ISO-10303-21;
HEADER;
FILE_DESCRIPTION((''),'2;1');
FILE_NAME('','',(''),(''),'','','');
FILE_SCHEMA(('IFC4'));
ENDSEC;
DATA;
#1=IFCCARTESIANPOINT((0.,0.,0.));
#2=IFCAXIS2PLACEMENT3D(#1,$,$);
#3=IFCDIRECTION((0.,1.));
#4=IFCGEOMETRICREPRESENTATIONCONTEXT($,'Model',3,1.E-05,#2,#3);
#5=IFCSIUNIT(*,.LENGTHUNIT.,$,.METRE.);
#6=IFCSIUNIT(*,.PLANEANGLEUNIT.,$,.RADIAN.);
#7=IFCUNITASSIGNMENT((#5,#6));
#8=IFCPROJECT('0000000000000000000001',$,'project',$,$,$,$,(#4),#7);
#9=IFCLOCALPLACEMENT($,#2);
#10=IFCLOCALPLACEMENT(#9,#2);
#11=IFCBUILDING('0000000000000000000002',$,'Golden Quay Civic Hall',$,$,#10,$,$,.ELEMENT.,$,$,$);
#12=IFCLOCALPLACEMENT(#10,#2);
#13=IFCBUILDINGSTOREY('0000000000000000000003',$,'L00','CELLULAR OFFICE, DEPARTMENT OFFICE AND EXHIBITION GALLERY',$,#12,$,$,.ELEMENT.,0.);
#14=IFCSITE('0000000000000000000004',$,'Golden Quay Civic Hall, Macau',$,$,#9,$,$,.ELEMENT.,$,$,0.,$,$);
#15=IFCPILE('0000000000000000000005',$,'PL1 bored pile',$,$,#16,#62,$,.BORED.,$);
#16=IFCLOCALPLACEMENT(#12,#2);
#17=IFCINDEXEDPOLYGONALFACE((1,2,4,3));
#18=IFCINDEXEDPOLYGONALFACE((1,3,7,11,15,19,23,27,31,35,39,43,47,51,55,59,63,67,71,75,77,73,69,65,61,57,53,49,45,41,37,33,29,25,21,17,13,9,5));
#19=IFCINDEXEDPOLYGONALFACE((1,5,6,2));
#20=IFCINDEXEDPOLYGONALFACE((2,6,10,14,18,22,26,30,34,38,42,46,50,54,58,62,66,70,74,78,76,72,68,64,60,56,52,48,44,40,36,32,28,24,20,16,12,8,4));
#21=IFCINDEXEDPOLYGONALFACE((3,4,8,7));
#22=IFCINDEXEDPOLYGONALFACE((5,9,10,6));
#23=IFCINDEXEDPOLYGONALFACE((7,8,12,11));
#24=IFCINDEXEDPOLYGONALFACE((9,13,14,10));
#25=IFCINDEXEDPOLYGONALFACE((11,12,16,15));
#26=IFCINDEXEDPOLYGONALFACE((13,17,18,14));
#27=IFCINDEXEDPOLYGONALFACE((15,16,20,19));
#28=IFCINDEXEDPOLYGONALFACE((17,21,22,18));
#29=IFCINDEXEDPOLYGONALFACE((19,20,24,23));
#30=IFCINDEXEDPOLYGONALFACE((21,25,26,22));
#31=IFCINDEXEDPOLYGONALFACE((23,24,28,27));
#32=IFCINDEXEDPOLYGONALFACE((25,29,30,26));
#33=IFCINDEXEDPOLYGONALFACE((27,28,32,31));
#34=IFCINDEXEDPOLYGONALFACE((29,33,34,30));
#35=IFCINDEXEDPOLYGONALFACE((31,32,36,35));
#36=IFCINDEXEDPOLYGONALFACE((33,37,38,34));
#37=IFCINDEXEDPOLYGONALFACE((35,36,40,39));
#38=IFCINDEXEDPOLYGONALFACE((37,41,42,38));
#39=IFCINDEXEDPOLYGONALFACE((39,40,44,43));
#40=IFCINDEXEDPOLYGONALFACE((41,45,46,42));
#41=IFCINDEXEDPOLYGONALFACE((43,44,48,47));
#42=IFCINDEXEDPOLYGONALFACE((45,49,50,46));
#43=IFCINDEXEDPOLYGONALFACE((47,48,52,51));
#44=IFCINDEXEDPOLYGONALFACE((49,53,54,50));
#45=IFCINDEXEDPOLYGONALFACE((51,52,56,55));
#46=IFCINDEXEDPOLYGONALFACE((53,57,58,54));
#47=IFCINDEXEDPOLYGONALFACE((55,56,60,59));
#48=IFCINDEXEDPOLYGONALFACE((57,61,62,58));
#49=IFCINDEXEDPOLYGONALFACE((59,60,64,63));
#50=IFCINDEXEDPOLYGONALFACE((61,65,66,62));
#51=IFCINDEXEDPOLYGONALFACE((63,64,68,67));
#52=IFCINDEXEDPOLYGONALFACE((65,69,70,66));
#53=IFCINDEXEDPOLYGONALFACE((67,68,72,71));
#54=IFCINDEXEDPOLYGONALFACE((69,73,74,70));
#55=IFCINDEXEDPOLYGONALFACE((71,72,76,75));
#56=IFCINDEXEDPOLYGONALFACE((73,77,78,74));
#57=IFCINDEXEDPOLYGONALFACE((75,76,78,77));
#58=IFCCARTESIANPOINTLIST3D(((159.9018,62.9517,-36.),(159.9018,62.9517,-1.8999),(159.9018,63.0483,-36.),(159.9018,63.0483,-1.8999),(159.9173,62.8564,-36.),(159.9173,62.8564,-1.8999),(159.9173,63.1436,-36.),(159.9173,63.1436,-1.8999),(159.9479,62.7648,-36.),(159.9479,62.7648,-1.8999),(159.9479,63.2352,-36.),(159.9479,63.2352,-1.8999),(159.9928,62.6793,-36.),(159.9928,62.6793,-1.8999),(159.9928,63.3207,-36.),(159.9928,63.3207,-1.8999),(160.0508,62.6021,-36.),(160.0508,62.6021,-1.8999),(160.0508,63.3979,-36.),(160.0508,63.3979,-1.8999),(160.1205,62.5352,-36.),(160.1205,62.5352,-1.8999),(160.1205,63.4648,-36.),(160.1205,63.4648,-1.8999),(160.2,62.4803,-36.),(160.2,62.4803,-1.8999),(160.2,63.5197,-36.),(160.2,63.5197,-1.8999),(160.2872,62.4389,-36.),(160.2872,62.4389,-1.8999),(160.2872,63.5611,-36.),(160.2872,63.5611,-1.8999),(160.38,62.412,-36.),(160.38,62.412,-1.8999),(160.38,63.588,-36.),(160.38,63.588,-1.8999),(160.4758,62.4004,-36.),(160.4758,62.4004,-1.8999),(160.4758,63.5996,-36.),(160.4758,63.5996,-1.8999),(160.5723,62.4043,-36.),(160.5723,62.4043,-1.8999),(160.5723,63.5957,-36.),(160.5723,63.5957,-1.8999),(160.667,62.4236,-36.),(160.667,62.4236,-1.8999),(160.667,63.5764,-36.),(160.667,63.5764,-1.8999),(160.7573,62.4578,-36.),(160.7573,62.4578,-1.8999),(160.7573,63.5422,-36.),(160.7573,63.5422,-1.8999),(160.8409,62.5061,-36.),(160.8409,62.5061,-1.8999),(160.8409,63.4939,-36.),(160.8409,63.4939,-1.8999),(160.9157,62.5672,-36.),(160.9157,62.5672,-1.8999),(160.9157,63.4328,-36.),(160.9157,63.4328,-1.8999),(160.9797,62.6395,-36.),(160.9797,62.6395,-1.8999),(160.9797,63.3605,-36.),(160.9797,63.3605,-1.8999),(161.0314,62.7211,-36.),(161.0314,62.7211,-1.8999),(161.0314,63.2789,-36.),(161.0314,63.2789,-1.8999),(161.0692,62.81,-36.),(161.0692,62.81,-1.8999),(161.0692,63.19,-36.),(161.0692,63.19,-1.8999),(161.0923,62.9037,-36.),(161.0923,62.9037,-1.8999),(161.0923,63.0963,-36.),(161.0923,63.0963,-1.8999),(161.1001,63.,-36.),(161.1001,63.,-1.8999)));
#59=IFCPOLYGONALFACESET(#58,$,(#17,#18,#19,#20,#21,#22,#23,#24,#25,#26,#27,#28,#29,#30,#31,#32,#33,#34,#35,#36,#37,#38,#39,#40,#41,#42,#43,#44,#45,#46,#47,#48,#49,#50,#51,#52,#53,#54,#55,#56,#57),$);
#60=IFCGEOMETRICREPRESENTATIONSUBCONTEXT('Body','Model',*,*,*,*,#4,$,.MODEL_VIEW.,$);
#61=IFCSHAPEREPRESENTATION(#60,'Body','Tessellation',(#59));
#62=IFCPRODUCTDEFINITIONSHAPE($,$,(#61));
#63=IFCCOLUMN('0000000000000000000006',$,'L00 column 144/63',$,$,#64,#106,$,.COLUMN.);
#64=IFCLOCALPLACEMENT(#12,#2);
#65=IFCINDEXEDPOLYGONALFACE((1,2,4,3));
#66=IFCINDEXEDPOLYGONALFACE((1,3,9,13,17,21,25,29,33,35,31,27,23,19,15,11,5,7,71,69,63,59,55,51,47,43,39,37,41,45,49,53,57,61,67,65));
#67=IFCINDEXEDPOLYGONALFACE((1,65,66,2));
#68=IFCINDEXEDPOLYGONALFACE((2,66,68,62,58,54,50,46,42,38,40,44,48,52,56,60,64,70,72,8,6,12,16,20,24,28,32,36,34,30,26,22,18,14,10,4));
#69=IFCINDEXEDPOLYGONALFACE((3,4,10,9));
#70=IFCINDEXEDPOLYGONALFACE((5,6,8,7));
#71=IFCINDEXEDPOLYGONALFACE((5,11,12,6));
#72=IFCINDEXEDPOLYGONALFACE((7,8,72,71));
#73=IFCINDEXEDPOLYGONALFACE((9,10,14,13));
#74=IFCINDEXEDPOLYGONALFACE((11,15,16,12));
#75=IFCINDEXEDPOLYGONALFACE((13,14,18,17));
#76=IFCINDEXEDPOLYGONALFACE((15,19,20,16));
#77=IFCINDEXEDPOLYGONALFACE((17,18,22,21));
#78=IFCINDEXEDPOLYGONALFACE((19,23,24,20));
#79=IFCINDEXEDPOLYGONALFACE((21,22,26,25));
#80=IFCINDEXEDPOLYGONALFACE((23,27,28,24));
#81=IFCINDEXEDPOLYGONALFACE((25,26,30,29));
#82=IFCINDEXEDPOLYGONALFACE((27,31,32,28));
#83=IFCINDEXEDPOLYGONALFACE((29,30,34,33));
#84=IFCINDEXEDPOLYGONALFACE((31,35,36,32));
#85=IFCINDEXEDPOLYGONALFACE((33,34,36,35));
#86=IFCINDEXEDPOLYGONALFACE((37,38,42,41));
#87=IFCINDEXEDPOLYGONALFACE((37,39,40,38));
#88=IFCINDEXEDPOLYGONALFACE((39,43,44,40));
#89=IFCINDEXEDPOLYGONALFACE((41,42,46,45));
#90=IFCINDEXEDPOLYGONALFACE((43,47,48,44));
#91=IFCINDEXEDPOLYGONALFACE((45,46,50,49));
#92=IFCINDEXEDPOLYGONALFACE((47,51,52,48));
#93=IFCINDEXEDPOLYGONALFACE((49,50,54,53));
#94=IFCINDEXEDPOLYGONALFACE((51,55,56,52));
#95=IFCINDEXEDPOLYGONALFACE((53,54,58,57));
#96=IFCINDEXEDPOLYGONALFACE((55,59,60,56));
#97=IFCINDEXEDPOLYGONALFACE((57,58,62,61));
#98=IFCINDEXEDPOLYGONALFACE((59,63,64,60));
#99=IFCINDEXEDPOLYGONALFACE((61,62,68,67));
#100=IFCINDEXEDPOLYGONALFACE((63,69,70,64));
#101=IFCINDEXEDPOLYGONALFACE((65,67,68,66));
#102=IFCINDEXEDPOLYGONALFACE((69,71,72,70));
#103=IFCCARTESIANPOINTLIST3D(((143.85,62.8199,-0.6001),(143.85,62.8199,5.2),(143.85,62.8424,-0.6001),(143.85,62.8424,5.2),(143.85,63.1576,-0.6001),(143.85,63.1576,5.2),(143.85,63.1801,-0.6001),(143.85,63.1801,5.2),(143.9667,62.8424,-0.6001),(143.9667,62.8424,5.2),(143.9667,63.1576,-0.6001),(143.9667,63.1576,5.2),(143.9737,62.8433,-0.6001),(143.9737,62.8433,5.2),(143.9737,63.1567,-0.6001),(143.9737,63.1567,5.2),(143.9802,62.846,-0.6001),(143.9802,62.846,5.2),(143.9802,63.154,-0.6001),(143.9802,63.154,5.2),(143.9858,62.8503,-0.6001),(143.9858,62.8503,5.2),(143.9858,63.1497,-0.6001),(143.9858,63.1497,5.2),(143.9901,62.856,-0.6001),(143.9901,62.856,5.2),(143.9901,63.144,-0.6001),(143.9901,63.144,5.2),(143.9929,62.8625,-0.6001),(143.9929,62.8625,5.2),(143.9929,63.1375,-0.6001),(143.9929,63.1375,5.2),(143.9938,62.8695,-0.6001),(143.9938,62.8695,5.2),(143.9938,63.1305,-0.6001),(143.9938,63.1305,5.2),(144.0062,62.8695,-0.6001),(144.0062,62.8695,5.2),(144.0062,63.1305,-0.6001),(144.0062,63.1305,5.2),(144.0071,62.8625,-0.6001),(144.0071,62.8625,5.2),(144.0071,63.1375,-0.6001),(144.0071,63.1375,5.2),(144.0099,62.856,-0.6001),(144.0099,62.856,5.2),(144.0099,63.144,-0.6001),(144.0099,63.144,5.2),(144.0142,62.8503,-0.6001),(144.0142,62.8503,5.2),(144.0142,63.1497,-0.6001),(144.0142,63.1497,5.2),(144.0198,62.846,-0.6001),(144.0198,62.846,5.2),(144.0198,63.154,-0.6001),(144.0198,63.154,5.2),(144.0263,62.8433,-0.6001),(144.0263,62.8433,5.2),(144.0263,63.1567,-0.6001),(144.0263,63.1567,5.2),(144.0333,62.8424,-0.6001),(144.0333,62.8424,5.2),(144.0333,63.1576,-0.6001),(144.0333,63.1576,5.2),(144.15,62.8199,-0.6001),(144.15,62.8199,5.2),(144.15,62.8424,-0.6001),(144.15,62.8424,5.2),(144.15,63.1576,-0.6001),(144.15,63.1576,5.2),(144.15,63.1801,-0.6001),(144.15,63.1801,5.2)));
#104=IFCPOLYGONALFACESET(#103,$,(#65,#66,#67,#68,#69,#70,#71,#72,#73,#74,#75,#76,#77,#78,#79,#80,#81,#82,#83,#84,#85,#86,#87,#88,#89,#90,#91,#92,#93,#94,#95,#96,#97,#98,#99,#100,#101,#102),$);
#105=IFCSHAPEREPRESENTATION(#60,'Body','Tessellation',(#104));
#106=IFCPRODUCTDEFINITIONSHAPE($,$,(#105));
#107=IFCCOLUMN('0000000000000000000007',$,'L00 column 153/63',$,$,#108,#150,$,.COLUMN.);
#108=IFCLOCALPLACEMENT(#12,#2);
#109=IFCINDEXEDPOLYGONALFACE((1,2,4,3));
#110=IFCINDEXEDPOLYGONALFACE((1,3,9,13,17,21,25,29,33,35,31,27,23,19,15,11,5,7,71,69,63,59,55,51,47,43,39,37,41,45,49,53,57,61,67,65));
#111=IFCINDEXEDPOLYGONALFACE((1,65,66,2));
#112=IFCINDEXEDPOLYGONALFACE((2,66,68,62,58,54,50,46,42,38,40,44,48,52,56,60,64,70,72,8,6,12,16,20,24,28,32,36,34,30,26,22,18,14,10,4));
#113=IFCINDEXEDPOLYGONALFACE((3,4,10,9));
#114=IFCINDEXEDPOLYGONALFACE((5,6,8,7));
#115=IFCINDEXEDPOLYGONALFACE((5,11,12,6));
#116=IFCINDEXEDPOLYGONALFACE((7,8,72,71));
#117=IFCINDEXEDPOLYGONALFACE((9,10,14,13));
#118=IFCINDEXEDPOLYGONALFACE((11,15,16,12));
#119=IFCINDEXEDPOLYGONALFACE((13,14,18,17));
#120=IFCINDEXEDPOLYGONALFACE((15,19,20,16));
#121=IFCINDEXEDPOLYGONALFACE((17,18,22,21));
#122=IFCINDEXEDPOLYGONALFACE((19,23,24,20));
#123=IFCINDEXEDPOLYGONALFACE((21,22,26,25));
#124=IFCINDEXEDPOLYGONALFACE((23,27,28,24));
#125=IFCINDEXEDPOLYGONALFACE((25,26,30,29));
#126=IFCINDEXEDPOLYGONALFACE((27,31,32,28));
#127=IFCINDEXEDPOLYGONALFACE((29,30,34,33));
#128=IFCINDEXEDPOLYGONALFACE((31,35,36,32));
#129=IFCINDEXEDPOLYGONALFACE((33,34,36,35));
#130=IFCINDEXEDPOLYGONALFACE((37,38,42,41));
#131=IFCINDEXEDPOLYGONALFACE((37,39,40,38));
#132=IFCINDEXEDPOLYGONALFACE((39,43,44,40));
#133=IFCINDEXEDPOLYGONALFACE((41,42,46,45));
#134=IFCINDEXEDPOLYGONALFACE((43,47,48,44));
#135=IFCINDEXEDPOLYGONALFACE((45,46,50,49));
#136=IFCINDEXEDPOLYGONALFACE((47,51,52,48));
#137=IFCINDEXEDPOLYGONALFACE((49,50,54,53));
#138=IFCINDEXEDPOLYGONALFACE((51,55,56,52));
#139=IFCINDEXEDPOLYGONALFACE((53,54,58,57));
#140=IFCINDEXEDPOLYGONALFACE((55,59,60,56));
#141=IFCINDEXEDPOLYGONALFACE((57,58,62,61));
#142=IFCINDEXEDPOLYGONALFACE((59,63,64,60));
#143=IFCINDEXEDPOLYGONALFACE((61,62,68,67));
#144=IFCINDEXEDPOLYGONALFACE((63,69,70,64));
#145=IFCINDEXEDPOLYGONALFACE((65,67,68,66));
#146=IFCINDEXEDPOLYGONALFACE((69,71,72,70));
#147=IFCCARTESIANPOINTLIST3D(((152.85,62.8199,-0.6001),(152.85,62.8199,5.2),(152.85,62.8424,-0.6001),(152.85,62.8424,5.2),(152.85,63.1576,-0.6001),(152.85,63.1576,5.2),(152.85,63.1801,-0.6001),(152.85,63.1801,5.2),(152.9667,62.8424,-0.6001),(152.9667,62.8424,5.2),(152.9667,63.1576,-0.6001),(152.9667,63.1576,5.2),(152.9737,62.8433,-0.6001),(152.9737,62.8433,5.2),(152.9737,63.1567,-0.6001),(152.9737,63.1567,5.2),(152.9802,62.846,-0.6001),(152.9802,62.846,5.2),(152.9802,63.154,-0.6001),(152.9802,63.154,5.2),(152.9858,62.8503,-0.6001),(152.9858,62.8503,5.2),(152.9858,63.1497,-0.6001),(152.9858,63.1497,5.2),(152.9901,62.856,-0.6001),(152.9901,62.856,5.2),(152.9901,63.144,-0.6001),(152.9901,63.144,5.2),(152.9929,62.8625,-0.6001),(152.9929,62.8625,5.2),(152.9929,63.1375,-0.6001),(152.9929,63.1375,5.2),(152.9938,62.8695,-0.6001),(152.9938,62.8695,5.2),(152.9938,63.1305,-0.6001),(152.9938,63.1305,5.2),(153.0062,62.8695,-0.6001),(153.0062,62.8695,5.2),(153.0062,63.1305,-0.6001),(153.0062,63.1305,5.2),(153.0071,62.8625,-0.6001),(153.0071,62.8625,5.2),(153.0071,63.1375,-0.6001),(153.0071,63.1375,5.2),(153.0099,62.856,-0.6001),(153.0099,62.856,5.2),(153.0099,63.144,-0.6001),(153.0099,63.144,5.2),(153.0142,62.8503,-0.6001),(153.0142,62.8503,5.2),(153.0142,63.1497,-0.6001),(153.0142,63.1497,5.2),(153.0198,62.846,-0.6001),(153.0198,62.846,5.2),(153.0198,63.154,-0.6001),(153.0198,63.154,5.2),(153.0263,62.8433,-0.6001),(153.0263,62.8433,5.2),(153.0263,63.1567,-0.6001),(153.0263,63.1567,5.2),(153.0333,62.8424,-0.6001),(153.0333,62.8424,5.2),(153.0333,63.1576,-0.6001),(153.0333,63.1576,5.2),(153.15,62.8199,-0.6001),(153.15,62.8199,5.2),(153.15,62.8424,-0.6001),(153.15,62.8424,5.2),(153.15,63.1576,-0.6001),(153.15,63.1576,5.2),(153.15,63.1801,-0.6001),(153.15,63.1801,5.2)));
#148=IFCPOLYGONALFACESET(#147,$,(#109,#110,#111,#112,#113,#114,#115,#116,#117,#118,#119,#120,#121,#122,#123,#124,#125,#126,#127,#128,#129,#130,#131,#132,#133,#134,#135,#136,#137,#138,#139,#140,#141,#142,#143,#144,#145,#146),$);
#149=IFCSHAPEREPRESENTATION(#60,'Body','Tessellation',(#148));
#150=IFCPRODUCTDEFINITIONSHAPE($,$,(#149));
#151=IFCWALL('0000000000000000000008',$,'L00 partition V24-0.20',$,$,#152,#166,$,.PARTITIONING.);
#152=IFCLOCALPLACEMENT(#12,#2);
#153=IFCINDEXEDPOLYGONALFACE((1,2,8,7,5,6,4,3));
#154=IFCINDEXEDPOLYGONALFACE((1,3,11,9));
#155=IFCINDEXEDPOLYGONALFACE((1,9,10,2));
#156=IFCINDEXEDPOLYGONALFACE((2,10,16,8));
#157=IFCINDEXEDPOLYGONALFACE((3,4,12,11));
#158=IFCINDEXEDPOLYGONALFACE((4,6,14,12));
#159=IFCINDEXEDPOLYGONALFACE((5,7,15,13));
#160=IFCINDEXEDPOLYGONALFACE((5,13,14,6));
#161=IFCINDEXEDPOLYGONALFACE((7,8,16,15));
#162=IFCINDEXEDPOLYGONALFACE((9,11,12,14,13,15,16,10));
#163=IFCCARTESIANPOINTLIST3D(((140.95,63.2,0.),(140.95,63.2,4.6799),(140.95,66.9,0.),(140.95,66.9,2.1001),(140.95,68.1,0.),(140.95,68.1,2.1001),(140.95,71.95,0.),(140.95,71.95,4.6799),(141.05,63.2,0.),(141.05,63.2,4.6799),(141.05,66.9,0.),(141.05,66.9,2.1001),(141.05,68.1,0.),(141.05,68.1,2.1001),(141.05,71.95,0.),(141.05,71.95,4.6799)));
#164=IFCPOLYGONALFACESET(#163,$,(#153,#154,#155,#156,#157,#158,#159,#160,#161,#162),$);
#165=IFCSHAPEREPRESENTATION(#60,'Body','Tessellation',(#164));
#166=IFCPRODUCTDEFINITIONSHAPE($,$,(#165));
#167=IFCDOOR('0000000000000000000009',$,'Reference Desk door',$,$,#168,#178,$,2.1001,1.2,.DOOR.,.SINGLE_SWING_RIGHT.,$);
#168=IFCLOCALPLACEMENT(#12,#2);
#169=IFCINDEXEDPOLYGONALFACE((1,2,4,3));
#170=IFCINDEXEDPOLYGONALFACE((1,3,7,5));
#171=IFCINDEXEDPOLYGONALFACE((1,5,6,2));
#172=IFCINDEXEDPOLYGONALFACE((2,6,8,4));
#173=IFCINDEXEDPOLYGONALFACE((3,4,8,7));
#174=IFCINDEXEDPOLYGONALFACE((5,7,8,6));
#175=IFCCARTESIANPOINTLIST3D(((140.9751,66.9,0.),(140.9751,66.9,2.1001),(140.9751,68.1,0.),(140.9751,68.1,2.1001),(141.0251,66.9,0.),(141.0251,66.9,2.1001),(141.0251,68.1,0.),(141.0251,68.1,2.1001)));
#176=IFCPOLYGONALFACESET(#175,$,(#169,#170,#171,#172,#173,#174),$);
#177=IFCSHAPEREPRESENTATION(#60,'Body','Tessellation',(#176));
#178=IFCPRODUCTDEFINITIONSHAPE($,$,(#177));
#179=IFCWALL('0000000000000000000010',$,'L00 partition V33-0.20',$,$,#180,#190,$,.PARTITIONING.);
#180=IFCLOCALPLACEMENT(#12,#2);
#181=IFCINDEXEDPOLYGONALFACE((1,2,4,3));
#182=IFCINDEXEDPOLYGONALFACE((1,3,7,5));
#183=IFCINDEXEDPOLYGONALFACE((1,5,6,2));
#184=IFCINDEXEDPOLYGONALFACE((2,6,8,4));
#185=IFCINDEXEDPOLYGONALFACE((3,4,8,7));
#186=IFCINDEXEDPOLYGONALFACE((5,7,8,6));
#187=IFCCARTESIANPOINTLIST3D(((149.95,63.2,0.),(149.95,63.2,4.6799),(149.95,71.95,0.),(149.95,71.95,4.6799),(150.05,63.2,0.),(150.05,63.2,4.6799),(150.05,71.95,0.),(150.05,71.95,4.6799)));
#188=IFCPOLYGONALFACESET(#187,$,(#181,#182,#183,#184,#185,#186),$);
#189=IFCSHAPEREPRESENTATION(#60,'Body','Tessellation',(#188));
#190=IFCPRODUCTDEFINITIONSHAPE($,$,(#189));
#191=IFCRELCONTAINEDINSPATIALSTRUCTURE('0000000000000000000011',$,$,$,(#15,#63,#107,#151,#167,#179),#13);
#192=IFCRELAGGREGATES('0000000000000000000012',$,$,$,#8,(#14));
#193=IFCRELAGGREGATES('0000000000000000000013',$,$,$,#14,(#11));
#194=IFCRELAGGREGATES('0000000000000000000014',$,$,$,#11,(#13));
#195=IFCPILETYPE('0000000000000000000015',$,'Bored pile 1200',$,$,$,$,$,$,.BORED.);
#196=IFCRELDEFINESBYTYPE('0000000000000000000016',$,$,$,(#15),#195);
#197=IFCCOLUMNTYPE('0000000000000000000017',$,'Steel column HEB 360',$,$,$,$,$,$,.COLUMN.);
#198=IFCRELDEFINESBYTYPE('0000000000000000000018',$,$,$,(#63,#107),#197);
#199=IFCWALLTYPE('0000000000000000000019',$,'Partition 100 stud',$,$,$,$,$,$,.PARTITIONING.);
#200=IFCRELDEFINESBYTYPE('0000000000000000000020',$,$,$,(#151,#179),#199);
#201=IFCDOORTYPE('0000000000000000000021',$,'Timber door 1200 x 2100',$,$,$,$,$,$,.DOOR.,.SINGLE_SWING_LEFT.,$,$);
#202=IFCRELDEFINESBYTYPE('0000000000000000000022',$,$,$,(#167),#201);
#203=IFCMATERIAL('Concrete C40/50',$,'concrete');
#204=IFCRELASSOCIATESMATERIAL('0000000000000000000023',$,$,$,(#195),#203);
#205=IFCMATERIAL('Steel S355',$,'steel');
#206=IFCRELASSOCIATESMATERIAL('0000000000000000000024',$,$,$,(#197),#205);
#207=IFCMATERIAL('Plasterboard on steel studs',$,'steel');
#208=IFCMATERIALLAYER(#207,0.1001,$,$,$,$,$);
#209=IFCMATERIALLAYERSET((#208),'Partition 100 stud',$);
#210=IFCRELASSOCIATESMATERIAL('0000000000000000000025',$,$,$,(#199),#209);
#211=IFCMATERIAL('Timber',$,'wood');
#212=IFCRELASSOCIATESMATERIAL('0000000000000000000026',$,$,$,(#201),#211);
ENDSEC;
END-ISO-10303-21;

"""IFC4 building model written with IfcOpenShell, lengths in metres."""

from ifc_helpers import new_model, si_unit, direction, frame, frame_2d, origin, origin_2d, place, context, subcontext, project, spatial, rectangle, circle, i_section, extrude, material, layer, layer_set, material_profile, profile_set, type_object, element, fill, save


model = new_model("IFC4")

# Units and contexts
model_context = context("Model", 3, precision=1e-05, world=origin(), true_north=direction((0.0, 1.0)))
body_context = subcontext(model_context, "Body", "Model", "MODEL_VIEW")
ifc_project = project(units=[si_unit("LENGTHUNIT", "METRE"), si_unit("PLANEANGLEUNIT", "RADIAN")], contexts=[model_context])

# Site, building, storey
site_placement = place(None, origin())
site = spatial("IfcSite", under=ifc_project, at=site_placement, Name="Golden Quay Civic Hall, Macau", CompositionType="ELEMENT", RefElevation=0.0)
building_placement = place(site_placement, origin())
building = spatial("IfcBuilding", under=site, at=building_placement, Name="Golden Quay Civic Hall", CompositionType="ELEMENT")
storey_placement = place(building_placement, origin())
storey = spatial("IfcBuildingStorey", under=building, at=storey_placement, Name="L00", Description="CELLULAR OFFICE, DEPARTMENT OFFICE AND EXHIBITION GALLERY", CompositionType="ELEMENT", Elevation=0.0)

# Pile
ifc_material_1 = material(Name="Concrete C40/50", Category="concrete")
ifc_material_profile_1 = material_profile(ifc_material_1, circle(Radius=0.6001, at=origin_2d()), Name="RC D1200")
ifc_profile_set_1 = profile_set([ifc_material_profile_1], Name="Concrete C40/50")
pile_type = type_object("IfcPileType", Name="Bored pile 1200", PredefinedType="BORED", material=ifc_profile_set_1)
for number, where, z_axis, x_axis, name in (
    (1, (160.5, 63.0, -1.8999), (0.0, 0.0, -1.0), (1.0, 0.0, 0.0), "PL1 bored pile"),
):
    element("IfcPile", number, at=place(storey_placement, frame(where, z_axis=z_axis, x_axis=x_axis)), inside=storey, type_object=pile_type, Name=name, PredefinedType="BORED", context=body_context, shape_type="SweptSolid", body=[
        extrude(circle(Radius=0.6001, at=origin_2d()), origin(), (0.0, 0.0, 1.0), 34.1001),
    ])

# Columns
ifc_material_2 = material(Name="Steel S355", Category="steel")
ifc_material_profile_2 = material_profile(ifc_material_2, i_section(OverallWidth=0.3, OverallDepth=0.3601, WebThickness=0.0125, FlangeThickness=0.0225, FilletRadius=0.0271, at=origin_2d()), Name="HEB 360")
ifc_profile_set_2 = profile_set([ifc_material_profile_2], Name="Steel S355")
column_type = type_object("IfcColumnType", Name="Steel column HEB 360", PredefinedType="COLUMN", material=ifc_profile_set_2)
for number, where, z_axis, x_axis, name in (
    (2, (144.0, 63.0, -0.6001), (0.0, 0.0, 1.0), (1.0, 0.0, 0.0), "L00 column 144/63"),
    (3, (153.0, 63.0, -0.6001), (0.0, 0.0, 1.0), (1.0, 0.0, 0.0), "L00 column 153/63"),
):
    element("IfcColumn", number, at=place(storey_placement, frame(where, z_axis=z_axis, x_axis=x_axis)), inside=storey, type_object=column_type, Name=name, PredefinedType="COLUMN", context=body_context, shape_type="SweptSolid", body=[
        extrude(i_section(OverallWidth=0.3, OverallDepth=0.3601, WebThickness=0.0125, FlangeThickness=0.0225, FilletRadius=0.0271, at=origin_2d()), origin(), (0.0, 0.0, 1.0), 5.8),
    ])

# Wall, opening, door
ifc_material_3 = material(Name="Plasterboard on steel studs", Category="steel")
ifc_layer = layer(ifc_material_3, 0.1001)
ifc_layer_set = layer_set([ifc_layer], Name="Partition 100 stud")
wall_type = type_object("IfcWallType", Name="Partition 100 stud", PredefinedType="PARTITIONING", material=ifc_layer_set)
wall_1_placement = place(storey_placement, frame((141.0, 63.2, 0.0), z_axis=(0.0, 0.0, 1.0), x_axis=(0.0, 1.0, 0.0)))
wall_1 = element("IfcWall", 4, at=wall_1_placement, inside=storey, type_object=wall_type, Name="L00 partition V24-0.20", PredefinedType="PARTITIONING", context=body_context, shape_type="SweptSolid", body=[
    extrude(rectangle(XDim=8.75, YDim=0.1001, at=frame_2d((4.375, 0.0))), origin(), (0.0, 0.0, 1.0), 4.6799),
])
opening_placement = place(wall_1_placement, frame((3.7, 0.0, 0.0)))
opening = element("IfcOpeningElement", 5, at=opening_placement, cuts=wall_1, PredefinedType="OPENING", context=body_context, shape_type="SweptSolid", body=[
    extrude(rectangle(XDim=1.2, YDim=2.1001, at=frame_2d((0.6001, 1.05))), frame((0.0, 0.0601, 0.0), z_axis=(0.0, -1.0, 0.0), x_axis=(1.0, 0.0, 0.0)), (0.0, 0.0, 1.0), 0.1201),
])
ifc_material_4 = material(Name="Timber", Category="wood")
door_type = type_object("IfcDoorType", Name="Timber door 1200 x 2100", OperationType="SINGLE_SWING_LEFT", PredefinedType="DOOR", material=ifc_material_4)
door_placement = place(opening_placement, frame((1.2, 0.0, 0.0), z_axis=(0.0, 0.0, 1.0), x_axis=(-1.0, 0.0, 0.0)))
door = element("IfcDoor", 6, at=door_placement, inside=storey, type_object=door_type, Name="Reference Desk door", OperationType="SINGLE_SWING_RIGHT", OverallHeight=2.1001, OverallWidth=1.2, PredefinedType="DOOR", context=body_context, shape_type="SweptSolid", body=[
    extrude(rectangle(XDim=1.2, YDim=2.1001, at=frame_2d((0.5999, 1.05))), frame((0.0, 0.0251, 0.0), z_axis=(0.0, -1.0, 0.0), x_axis=(1.0, 0.0, 0.0)), (0.0, 0.0, 1.0), 0.05),
])
fill(opening, door)

# Wall
wall_2_placement = place(storey_placement, frame((150.0, 63.2, 0.0), z_axis=(0.0, 0.0, 1.0), x_axis=(0.0, 1.0, 0.0)))
element("IfcWall", 7, at=wall_2_placement, inside=storey, type_object=wall_type, Name="L00 partition V33-0.20", PredefinedType="PARTITIONING", context=body_context, shape_type="SweptSolid", body=[
    extrude(rectangle(XDim=8.75, YDim=0.1001, at=frame_2d((4.375, 0.0))), origin(), (0.0, 0.0, 1.0), 4.6799),
])

save(model, "model.ifc")
